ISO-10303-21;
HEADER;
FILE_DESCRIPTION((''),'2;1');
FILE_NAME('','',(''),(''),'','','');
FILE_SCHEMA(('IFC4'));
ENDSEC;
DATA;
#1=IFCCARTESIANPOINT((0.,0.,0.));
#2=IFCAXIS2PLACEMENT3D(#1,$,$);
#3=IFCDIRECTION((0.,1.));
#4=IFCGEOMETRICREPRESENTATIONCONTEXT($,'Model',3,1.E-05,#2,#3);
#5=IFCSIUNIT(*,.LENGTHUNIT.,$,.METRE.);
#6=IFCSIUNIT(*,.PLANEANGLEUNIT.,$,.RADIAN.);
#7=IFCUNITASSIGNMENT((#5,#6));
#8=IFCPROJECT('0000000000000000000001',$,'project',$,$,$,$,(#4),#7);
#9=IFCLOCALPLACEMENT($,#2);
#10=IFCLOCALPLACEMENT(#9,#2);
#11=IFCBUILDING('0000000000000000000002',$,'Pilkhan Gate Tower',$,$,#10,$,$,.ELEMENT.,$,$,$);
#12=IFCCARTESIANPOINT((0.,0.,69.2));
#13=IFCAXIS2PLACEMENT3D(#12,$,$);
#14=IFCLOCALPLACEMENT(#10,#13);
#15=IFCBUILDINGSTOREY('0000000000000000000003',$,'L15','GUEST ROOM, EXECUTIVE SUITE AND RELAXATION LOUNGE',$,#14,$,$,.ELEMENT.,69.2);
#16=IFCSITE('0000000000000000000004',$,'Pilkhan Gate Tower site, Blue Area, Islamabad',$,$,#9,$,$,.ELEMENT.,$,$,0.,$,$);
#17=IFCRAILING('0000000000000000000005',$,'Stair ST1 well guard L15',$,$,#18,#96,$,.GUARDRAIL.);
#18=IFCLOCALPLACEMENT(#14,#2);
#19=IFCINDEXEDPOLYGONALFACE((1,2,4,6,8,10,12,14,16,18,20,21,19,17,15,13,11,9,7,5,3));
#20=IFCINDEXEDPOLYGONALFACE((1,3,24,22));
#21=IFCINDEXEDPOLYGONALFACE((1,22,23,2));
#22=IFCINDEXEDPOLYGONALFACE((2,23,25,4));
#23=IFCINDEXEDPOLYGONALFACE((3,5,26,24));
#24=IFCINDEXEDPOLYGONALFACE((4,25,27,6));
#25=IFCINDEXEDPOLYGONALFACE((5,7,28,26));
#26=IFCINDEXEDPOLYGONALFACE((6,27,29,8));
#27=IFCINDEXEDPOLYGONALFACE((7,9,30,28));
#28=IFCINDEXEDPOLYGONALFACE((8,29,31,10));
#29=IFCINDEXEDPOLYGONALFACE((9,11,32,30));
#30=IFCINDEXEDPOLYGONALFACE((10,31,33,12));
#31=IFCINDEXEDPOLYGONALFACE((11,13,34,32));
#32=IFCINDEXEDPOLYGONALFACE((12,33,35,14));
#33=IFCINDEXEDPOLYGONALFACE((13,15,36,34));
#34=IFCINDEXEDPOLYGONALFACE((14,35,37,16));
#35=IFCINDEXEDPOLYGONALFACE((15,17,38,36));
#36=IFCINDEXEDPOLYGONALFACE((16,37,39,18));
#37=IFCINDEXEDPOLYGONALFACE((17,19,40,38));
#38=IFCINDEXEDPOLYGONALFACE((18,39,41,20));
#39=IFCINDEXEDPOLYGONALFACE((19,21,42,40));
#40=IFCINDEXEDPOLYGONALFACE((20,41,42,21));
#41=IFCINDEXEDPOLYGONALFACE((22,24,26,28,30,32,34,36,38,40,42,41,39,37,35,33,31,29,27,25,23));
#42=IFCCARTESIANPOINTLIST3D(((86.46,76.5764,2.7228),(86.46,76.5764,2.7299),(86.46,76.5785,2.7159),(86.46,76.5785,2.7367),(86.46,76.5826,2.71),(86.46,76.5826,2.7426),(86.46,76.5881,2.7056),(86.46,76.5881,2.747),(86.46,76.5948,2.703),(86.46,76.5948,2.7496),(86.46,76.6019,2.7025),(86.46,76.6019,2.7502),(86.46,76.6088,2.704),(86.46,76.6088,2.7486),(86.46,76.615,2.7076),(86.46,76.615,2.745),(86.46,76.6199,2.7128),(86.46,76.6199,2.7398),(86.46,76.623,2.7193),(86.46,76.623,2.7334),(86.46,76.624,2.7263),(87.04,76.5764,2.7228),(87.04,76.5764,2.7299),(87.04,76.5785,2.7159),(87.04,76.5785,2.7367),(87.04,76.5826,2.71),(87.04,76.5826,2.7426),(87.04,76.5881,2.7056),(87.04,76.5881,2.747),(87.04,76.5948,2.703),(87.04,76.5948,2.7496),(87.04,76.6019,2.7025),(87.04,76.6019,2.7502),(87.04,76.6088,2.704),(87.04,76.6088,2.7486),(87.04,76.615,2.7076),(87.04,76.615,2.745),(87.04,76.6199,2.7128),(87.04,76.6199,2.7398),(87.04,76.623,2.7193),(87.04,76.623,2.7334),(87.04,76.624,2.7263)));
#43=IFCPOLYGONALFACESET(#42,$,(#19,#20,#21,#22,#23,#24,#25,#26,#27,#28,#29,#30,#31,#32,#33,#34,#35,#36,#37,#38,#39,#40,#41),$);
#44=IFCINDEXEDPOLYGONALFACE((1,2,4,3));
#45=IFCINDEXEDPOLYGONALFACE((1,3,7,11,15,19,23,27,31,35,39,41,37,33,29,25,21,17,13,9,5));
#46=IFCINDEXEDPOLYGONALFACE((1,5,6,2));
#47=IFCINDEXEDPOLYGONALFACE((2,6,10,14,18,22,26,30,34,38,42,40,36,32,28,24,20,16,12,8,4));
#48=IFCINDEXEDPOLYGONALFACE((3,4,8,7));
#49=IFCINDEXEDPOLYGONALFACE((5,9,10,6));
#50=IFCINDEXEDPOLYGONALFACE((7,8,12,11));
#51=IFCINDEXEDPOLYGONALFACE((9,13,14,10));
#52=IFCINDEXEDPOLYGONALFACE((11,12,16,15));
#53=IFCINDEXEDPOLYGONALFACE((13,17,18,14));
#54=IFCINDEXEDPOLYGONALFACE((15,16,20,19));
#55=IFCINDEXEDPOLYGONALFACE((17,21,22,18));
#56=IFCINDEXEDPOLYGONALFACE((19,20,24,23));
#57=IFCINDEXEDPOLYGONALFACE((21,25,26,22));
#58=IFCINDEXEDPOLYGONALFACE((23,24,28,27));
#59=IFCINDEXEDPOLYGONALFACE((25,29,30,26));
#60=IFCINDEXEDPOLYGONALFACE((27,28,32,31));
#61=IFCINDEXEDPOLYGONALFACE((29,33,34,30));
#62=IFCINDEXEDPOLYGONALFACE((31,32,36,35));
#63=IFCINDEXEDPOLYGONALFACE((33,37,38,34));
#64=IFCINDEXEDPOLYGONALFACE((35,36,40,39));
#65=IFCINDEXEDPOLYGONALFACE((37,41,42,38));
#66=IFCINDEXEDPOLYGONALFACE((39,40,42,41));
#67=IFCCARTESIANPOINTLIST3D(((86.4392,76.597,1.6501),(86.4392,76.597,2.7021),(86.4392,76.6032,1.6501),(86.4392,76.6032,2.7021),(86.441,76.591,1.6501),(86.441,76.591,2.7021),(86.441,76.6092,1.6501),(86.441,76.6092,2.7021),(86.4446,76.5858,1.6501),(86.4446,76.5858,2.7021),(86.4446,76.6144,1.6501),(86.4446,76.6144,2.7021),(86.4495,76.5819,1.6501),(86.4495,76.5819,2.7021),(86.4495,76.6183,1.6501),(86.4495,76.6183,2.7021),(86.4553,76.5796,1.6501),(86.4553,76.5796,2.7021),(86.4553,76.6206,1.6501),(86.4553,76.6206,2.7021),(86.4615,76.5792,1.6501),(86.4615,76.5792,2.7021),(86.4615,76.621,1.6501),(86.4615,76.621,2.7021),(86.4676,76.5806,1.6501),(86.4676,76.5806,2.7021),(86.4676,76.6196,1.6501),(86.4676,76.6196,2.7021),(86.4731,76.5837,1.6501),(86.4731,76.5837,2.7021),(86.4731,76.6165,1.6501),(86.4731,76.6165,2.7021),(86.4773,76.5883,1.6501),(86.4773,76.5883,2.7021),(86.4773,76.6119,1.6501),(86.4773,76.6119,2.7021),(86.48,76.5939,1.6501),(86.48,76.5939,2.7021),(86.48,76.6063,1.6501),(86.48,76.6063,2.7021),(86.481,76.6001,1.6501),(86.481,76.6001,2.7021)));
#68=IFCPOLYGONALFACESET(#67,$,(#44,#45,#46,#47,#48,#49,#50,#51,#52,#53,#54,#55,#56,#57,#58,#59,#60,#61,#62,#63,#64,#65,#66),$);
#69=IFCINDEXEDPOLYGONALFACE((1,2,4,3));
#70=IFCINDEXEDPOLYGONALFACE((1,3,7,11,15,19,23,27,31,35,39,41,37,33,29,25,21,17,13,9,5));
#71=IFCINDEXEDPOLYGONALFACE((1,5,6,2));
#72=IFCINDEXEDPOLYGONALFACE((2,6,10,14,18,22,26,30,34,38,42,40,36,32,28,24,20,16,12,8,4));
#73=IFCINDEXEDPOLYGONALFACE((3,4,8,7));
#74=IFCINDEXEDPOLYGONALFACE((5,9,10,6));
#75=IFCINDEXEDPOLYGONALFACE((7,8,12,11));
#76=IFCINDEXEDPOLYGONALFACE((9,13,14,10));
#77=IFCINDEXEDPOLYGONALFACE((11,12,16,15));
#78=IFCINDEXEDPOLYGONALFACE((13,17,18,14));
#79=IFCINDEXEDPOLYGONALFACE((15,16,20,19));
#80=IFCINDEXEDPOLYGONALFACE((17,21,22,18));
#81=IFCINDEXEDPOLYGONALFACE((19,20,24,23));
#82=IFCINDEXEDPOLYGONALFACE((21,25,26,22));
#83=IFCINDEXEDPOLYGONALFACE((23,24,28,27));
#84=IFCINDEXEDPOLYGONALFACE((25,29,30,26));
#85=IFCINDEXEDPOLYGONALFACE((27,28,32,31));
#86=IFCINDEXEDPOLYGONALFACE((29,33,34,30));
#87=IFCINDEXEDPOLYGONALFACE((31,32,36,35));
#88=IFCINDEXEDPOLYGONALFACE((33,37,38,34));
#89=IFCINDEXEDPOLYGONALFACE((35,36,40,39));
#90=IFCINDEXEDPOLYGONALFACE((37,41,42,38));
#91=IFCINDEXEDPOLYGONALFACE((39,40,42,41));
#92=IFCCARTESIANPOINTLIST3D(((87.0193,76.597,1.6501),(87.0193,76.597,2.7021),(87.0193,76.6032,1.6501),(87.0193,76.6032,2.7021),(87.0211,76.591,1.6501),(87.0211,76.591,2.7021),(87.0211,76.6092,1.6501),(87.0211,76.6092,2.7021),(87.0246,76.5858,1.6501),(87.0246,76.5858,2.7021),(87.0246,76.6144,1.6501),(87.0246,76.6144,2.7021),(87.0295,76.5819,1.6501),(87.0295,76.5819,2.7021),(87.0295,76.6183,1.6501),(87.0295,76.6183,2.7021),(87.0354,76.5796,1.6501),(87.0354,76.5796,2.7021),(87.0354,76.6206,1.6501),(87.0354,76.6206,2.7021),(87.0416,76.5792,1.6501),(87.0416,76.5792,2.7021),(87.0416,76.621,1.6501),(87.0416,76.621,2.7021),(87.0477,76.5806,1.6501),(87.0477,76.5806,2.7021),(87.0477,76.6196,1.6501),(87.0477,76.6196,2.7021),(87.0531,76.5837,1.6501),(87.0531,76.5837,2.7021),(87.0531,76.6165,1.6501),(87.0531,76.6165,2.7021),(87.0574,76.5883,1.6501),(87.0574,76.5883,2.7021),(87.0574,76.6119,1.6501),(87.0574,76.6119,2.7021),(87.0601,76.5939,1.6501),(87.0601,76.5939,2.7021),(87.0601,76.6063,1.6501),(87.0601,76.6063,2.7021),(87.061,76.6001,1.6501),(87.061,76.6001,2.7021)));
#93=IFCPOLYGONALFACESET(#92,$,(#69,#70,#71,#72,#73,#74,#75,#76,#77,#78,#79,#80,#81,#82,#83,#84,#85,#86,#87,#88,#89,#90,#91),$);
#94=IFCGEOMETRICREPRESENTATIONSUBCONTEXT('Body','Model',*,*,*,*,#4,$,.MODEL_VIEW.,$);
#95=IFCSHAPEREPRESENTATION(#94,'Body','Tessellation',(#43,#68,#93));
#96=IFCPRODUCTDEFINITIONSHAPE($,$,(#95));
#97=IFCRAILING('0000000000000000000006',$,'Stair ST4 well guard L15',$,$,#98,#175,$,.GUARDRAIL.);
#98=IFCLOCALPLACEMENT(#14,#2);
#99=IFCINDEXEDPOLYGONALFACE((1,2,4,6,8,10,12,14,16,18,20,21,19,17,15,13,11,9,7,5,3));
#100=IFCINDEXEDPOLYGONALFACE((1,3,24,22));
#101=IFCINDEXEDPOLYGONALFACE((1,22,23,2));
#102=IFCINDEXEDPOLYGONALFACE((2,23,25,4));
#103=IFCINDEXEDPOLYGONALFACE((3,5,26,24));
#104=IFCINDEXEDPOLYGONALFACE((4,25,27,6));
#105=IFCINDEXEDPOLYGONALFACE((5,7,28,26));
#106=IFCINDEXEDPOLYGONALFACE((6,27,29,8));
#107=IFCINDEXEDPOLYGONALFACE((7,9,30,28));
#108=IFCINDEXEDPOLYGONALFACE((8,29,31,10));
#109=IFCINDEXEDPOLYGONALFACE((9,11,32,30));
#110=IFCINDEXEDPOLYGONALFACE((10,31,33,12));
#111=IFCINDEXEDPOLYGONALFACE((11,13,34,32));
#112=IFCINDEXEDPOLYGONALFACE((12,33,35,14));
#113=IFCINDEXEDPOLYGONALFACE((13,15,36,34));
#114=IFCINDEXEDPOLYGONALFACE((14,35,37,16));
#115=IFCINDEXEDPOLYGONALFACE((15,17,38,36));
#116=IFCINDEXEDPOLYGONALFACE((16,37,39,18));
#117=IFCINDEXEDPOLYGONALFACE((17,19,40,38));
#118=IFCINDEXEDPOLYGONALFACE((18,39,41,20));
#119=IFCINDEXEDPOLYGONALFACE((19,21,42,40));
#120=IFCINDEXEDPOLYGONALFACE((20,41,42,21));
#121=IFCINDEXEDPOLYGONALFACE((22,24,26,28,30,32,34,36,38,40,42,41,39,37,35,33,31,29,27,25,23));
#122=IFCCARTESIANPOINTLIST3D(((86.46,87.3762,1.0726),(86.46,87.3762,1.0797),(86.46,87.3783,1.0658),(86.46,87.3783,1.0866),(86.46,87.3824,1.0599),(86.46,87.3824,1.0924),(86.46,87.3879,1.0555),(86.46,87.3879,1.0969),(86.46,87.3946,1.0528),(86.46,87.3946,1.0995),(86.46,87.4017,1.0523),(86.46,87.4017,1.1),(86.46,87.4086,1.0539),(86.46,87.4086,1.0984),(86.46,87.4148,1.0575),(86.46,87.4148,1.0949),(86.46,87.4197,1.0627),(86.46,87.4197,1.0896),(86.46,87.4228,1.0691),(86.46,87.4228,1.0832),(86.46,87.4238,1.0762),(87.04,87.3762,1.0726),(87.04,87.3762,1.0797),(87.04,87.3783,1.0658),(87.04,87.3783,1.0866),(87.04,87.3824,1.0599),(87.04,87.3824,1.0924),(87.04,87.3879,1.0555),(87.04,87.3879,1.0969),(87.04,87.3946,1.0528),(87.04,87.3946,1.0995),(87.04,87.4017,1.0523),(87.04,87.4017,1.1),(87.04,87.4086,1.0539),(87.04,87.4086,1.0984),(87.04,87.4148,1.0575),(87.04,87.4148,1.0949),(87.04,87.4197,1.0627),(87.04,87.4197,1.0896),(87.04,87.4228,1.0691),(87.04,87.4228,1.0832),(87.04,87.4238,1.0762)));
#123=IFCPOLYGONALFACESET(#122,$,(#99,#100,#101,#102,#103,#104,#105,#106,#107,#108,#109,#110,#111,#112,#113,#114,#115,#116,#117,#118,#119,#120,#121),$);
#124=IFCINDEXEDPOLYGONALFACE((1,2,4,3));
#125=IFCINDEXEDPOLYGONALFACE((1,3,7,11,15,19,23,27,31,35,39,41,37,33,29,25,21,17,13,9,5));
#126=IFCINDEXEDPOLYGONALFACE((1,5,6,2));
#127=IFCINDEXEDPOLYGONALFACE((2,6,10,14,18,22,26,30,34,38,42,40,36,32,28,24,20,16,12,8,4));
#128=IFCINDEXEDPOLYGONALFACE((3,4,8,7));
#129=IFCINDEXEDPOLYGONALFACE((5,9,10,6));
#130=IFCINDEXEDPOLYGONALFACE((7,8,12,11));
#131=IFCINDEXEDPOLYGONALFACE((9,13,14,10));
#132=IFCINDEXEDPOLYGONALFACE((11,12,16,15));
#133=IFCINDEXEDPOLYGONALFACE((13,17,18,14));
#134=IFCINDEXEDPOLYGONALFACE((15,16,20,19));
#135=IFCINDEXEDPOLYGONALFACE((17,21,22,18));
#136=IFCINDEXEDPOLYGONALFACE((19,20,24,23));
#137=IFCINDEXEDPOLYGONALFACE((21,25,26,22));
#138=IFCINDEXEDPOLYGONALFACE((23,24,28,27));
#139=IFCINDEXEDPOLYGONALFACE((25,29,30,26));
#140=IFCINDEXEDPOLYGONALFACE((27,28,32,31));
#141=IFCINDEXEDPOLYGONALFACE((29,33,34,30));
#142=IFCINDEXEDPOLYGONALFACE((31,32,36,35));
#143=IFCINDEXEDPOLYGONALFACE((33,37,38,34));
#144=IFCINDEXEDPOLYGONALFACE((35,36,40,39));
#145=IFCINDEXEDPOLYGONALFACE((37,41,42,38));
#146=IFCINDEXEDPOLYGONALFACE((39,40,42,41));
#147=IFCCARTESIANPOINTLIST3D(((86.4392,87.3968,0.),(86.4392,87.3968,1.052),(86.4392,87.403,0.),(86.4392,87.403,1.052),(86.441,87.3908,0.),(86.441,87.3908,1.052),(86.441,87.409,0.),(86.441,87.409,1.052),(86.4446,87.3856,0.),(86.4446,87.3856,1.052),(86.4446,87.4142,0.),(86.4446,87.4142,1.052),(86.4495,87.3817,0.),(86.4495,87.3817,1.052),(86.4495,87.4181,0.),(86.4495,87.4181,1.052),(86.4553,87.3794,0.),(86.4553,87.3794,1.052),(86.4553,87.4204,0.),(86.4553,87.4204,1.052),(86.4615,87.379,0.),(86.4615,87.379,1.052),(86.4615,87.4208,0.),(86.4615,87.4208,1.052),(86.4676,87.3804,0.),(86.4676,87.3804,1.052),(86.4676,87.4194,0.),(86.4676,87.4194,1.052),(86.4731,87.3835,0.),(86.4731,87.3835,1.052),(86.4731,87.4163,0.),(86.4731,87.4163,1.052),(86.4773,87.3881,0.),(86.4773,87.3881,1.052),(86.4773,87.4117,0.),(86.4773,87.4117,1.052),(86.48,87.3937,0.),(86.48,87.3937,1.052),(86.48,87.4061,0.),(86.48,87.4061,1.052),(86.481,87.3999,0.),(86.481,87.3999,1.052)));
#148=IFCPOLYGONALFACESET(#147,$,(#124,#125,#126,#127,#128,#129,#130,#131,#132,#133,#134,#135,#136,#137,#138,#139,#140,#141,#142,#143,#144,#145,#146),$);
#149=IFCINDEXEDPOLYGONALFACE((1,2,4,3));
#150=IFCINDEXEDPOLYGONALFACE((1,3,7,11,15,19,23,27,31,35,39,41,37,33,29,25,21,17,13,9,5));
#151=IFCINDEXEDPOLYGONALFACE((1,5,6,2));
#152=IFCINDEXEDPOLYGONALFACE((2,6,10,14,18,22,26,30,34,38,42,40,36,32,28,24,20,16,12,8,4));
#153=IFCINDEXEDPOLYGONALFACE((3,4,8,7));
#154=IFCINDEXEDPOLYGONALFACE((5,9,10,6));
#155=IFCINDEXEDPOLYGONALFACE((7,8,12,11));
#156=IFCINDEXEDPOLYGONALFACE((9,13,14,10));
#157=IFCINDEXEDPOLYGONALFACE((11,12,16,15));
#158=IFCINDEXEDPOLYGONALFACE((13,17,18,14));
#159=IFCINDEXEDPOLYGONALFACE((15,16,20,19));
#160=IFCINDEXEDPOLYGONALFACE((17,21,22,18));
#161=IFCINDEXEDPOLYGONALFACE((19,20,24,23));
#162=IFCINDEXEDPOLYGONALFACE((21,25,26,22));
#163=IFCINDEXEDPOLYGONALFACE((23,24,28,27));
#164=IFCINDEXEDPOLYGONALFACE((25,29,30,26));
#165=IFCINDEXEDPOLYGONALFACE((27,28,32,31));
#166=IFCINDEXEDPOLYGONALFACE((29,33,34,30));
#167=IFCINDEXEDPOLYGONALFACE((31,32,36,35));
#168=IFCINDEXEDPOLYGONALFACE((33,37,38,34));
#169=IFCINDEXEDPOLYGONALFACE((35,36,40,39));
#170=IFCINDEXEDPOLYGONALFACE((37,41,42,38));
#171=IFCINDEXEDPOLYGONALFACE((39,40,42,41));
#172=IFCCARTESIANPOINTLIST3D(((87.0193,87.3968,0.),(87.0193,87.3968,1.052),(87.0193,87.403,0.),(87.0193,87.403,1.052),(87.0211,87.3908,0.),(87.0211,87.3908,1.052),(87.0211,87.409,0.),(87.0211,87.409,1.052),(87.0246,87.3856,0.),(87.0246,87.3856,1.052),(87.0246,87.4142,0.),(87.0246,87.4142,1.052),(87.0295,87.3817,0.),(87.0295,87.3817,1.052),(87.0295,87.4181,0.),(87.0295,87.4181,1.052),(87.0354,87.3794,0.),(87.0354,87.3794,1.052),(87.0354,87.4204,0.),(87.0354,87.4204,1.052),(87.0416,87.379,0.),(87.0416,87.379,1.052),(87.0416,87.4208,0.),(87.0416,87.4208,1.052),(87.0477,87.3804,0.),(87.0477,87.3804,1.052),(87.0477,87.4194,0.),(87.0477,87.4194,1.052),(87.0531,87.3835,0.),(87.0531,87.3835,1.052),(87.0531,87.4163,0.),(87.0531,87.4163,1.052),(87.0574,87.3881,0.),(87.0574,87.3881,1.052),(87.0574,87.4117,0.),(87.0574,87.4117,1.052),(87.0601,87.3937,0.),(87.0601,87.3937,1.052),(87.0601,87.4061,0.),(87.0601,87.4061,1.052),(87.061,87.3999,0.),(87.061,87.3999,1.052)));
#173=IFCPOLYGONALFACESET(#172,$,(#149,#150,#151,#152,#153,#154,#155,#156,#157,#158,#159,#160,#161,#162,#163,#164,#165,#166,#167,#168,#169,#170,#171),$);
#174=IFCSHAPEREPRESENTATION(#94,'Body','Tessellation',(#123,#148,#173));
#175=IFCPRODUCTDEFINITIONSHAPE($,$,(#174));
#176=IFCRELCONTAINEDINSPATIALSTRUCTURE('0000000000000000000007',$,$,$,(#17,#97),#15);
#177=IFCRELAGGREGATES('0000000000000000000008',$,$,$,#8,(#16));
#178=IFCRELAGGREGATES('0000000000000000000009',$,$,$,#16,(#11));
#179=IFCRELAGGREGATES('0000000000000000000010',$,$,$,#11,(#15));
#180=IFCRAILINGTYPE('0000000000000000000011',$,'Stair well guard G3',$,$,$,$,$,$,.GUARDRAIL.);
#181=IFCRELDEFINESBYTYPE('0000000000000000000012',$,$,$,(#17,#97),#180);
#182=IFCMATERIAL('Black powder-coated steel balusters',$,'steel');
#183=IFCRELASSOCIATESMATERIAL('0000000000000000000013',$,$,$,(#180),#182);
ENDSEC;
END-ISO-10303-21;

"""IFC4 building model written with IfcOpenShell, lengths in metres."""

from ifc_helpers import new_model, si_unit, direction, frame, origin, origin_2d, place, context, subcontext, project, spatial, circle, extrude, material, type_object, element, save


model = new_model("IFC4")

# Units and contexts
model_context = context("Model", 3, precision=1e-05, world=origin(), true_north=direction((0.0, 1.0)))
body_context = subcontext(model_context, "Body", "Model", "MODEL_VIEW")
ifc_project = project(units=[si_unit("LENGTHUNIT", "METRE"), si_unit("PLANEANGLEUNIT", "RADIAN")], contexts=[model_context])

# Site, building, storey
site_placement = place(None, origin())
site = spatial("IfcSite", under=ifc_project, at=site_placement, Name="Pilkhan Gate Tower site, Blue Area, Islamabad", CompositionType="ELEMENT", RefElevation=0.0)
building_placement = place(site_placement, origin())
building = spatial("IfcBuilding", under=site, at=building_placement, Name="Pilkhan Gate Tower", CompositionType="ELEMENT")
storey_placement = place(building_placement, frame((0.0, 0.0, 69.2)))
storey = spatial("IfcBuildingStorey", under=building, at=storey_placement, Name="L15", Description="GUEST ROOM, EXECUTIVE SUITE AND RELAXATION LOUNGE", CompositionType="ELEMENT", Elevation=69.2)

# Railings
ifc_material_1 = material(Name="Black powder-coated steel balusters", Category="steel")
railing_type_1 = type_object("IfcRailingType", Name="Stair well guard G3", PredefinedType="GUARDRAIL", material=ifc_material_1)
for number, where, name in (
    (1, (86.46, 76.6001, 1.6501), "Stair ST1 well guard L15"),
    (2, (86.46, 87.3999, 0.0), "Stair ST4 well guard L15"),
):
    element("IfcRailing", number, at=place(storey_placement, frame(where)), inside=storey, type_object=railing_type_1, Name=name, PredefinedType="GUARDRAIL", context=body_context, shape_type="SweptSolid", body=[
        extrude(circle(Radius=0.0239, at=origin_2d()), frame((0.0, 0.0, 1.0762), z_axis=(1.0, 0.0, 0.0), x_axis=(0.0, 1.0, 0.0)), (0.0, 0.0, 1.0), 0.5801),
        extrude(circle(Radius=0.021, at=origin_2d()), origin(), (0.0, 0.0, 1.0), 1.052),
        extrude(circle(Radius=0.021, at=origin_2d()), frame((0.5801, 0.0, 0.0)), (0.0, 0.0, 1.0), 1.052),
    ])

save(model, "model.ifc")
